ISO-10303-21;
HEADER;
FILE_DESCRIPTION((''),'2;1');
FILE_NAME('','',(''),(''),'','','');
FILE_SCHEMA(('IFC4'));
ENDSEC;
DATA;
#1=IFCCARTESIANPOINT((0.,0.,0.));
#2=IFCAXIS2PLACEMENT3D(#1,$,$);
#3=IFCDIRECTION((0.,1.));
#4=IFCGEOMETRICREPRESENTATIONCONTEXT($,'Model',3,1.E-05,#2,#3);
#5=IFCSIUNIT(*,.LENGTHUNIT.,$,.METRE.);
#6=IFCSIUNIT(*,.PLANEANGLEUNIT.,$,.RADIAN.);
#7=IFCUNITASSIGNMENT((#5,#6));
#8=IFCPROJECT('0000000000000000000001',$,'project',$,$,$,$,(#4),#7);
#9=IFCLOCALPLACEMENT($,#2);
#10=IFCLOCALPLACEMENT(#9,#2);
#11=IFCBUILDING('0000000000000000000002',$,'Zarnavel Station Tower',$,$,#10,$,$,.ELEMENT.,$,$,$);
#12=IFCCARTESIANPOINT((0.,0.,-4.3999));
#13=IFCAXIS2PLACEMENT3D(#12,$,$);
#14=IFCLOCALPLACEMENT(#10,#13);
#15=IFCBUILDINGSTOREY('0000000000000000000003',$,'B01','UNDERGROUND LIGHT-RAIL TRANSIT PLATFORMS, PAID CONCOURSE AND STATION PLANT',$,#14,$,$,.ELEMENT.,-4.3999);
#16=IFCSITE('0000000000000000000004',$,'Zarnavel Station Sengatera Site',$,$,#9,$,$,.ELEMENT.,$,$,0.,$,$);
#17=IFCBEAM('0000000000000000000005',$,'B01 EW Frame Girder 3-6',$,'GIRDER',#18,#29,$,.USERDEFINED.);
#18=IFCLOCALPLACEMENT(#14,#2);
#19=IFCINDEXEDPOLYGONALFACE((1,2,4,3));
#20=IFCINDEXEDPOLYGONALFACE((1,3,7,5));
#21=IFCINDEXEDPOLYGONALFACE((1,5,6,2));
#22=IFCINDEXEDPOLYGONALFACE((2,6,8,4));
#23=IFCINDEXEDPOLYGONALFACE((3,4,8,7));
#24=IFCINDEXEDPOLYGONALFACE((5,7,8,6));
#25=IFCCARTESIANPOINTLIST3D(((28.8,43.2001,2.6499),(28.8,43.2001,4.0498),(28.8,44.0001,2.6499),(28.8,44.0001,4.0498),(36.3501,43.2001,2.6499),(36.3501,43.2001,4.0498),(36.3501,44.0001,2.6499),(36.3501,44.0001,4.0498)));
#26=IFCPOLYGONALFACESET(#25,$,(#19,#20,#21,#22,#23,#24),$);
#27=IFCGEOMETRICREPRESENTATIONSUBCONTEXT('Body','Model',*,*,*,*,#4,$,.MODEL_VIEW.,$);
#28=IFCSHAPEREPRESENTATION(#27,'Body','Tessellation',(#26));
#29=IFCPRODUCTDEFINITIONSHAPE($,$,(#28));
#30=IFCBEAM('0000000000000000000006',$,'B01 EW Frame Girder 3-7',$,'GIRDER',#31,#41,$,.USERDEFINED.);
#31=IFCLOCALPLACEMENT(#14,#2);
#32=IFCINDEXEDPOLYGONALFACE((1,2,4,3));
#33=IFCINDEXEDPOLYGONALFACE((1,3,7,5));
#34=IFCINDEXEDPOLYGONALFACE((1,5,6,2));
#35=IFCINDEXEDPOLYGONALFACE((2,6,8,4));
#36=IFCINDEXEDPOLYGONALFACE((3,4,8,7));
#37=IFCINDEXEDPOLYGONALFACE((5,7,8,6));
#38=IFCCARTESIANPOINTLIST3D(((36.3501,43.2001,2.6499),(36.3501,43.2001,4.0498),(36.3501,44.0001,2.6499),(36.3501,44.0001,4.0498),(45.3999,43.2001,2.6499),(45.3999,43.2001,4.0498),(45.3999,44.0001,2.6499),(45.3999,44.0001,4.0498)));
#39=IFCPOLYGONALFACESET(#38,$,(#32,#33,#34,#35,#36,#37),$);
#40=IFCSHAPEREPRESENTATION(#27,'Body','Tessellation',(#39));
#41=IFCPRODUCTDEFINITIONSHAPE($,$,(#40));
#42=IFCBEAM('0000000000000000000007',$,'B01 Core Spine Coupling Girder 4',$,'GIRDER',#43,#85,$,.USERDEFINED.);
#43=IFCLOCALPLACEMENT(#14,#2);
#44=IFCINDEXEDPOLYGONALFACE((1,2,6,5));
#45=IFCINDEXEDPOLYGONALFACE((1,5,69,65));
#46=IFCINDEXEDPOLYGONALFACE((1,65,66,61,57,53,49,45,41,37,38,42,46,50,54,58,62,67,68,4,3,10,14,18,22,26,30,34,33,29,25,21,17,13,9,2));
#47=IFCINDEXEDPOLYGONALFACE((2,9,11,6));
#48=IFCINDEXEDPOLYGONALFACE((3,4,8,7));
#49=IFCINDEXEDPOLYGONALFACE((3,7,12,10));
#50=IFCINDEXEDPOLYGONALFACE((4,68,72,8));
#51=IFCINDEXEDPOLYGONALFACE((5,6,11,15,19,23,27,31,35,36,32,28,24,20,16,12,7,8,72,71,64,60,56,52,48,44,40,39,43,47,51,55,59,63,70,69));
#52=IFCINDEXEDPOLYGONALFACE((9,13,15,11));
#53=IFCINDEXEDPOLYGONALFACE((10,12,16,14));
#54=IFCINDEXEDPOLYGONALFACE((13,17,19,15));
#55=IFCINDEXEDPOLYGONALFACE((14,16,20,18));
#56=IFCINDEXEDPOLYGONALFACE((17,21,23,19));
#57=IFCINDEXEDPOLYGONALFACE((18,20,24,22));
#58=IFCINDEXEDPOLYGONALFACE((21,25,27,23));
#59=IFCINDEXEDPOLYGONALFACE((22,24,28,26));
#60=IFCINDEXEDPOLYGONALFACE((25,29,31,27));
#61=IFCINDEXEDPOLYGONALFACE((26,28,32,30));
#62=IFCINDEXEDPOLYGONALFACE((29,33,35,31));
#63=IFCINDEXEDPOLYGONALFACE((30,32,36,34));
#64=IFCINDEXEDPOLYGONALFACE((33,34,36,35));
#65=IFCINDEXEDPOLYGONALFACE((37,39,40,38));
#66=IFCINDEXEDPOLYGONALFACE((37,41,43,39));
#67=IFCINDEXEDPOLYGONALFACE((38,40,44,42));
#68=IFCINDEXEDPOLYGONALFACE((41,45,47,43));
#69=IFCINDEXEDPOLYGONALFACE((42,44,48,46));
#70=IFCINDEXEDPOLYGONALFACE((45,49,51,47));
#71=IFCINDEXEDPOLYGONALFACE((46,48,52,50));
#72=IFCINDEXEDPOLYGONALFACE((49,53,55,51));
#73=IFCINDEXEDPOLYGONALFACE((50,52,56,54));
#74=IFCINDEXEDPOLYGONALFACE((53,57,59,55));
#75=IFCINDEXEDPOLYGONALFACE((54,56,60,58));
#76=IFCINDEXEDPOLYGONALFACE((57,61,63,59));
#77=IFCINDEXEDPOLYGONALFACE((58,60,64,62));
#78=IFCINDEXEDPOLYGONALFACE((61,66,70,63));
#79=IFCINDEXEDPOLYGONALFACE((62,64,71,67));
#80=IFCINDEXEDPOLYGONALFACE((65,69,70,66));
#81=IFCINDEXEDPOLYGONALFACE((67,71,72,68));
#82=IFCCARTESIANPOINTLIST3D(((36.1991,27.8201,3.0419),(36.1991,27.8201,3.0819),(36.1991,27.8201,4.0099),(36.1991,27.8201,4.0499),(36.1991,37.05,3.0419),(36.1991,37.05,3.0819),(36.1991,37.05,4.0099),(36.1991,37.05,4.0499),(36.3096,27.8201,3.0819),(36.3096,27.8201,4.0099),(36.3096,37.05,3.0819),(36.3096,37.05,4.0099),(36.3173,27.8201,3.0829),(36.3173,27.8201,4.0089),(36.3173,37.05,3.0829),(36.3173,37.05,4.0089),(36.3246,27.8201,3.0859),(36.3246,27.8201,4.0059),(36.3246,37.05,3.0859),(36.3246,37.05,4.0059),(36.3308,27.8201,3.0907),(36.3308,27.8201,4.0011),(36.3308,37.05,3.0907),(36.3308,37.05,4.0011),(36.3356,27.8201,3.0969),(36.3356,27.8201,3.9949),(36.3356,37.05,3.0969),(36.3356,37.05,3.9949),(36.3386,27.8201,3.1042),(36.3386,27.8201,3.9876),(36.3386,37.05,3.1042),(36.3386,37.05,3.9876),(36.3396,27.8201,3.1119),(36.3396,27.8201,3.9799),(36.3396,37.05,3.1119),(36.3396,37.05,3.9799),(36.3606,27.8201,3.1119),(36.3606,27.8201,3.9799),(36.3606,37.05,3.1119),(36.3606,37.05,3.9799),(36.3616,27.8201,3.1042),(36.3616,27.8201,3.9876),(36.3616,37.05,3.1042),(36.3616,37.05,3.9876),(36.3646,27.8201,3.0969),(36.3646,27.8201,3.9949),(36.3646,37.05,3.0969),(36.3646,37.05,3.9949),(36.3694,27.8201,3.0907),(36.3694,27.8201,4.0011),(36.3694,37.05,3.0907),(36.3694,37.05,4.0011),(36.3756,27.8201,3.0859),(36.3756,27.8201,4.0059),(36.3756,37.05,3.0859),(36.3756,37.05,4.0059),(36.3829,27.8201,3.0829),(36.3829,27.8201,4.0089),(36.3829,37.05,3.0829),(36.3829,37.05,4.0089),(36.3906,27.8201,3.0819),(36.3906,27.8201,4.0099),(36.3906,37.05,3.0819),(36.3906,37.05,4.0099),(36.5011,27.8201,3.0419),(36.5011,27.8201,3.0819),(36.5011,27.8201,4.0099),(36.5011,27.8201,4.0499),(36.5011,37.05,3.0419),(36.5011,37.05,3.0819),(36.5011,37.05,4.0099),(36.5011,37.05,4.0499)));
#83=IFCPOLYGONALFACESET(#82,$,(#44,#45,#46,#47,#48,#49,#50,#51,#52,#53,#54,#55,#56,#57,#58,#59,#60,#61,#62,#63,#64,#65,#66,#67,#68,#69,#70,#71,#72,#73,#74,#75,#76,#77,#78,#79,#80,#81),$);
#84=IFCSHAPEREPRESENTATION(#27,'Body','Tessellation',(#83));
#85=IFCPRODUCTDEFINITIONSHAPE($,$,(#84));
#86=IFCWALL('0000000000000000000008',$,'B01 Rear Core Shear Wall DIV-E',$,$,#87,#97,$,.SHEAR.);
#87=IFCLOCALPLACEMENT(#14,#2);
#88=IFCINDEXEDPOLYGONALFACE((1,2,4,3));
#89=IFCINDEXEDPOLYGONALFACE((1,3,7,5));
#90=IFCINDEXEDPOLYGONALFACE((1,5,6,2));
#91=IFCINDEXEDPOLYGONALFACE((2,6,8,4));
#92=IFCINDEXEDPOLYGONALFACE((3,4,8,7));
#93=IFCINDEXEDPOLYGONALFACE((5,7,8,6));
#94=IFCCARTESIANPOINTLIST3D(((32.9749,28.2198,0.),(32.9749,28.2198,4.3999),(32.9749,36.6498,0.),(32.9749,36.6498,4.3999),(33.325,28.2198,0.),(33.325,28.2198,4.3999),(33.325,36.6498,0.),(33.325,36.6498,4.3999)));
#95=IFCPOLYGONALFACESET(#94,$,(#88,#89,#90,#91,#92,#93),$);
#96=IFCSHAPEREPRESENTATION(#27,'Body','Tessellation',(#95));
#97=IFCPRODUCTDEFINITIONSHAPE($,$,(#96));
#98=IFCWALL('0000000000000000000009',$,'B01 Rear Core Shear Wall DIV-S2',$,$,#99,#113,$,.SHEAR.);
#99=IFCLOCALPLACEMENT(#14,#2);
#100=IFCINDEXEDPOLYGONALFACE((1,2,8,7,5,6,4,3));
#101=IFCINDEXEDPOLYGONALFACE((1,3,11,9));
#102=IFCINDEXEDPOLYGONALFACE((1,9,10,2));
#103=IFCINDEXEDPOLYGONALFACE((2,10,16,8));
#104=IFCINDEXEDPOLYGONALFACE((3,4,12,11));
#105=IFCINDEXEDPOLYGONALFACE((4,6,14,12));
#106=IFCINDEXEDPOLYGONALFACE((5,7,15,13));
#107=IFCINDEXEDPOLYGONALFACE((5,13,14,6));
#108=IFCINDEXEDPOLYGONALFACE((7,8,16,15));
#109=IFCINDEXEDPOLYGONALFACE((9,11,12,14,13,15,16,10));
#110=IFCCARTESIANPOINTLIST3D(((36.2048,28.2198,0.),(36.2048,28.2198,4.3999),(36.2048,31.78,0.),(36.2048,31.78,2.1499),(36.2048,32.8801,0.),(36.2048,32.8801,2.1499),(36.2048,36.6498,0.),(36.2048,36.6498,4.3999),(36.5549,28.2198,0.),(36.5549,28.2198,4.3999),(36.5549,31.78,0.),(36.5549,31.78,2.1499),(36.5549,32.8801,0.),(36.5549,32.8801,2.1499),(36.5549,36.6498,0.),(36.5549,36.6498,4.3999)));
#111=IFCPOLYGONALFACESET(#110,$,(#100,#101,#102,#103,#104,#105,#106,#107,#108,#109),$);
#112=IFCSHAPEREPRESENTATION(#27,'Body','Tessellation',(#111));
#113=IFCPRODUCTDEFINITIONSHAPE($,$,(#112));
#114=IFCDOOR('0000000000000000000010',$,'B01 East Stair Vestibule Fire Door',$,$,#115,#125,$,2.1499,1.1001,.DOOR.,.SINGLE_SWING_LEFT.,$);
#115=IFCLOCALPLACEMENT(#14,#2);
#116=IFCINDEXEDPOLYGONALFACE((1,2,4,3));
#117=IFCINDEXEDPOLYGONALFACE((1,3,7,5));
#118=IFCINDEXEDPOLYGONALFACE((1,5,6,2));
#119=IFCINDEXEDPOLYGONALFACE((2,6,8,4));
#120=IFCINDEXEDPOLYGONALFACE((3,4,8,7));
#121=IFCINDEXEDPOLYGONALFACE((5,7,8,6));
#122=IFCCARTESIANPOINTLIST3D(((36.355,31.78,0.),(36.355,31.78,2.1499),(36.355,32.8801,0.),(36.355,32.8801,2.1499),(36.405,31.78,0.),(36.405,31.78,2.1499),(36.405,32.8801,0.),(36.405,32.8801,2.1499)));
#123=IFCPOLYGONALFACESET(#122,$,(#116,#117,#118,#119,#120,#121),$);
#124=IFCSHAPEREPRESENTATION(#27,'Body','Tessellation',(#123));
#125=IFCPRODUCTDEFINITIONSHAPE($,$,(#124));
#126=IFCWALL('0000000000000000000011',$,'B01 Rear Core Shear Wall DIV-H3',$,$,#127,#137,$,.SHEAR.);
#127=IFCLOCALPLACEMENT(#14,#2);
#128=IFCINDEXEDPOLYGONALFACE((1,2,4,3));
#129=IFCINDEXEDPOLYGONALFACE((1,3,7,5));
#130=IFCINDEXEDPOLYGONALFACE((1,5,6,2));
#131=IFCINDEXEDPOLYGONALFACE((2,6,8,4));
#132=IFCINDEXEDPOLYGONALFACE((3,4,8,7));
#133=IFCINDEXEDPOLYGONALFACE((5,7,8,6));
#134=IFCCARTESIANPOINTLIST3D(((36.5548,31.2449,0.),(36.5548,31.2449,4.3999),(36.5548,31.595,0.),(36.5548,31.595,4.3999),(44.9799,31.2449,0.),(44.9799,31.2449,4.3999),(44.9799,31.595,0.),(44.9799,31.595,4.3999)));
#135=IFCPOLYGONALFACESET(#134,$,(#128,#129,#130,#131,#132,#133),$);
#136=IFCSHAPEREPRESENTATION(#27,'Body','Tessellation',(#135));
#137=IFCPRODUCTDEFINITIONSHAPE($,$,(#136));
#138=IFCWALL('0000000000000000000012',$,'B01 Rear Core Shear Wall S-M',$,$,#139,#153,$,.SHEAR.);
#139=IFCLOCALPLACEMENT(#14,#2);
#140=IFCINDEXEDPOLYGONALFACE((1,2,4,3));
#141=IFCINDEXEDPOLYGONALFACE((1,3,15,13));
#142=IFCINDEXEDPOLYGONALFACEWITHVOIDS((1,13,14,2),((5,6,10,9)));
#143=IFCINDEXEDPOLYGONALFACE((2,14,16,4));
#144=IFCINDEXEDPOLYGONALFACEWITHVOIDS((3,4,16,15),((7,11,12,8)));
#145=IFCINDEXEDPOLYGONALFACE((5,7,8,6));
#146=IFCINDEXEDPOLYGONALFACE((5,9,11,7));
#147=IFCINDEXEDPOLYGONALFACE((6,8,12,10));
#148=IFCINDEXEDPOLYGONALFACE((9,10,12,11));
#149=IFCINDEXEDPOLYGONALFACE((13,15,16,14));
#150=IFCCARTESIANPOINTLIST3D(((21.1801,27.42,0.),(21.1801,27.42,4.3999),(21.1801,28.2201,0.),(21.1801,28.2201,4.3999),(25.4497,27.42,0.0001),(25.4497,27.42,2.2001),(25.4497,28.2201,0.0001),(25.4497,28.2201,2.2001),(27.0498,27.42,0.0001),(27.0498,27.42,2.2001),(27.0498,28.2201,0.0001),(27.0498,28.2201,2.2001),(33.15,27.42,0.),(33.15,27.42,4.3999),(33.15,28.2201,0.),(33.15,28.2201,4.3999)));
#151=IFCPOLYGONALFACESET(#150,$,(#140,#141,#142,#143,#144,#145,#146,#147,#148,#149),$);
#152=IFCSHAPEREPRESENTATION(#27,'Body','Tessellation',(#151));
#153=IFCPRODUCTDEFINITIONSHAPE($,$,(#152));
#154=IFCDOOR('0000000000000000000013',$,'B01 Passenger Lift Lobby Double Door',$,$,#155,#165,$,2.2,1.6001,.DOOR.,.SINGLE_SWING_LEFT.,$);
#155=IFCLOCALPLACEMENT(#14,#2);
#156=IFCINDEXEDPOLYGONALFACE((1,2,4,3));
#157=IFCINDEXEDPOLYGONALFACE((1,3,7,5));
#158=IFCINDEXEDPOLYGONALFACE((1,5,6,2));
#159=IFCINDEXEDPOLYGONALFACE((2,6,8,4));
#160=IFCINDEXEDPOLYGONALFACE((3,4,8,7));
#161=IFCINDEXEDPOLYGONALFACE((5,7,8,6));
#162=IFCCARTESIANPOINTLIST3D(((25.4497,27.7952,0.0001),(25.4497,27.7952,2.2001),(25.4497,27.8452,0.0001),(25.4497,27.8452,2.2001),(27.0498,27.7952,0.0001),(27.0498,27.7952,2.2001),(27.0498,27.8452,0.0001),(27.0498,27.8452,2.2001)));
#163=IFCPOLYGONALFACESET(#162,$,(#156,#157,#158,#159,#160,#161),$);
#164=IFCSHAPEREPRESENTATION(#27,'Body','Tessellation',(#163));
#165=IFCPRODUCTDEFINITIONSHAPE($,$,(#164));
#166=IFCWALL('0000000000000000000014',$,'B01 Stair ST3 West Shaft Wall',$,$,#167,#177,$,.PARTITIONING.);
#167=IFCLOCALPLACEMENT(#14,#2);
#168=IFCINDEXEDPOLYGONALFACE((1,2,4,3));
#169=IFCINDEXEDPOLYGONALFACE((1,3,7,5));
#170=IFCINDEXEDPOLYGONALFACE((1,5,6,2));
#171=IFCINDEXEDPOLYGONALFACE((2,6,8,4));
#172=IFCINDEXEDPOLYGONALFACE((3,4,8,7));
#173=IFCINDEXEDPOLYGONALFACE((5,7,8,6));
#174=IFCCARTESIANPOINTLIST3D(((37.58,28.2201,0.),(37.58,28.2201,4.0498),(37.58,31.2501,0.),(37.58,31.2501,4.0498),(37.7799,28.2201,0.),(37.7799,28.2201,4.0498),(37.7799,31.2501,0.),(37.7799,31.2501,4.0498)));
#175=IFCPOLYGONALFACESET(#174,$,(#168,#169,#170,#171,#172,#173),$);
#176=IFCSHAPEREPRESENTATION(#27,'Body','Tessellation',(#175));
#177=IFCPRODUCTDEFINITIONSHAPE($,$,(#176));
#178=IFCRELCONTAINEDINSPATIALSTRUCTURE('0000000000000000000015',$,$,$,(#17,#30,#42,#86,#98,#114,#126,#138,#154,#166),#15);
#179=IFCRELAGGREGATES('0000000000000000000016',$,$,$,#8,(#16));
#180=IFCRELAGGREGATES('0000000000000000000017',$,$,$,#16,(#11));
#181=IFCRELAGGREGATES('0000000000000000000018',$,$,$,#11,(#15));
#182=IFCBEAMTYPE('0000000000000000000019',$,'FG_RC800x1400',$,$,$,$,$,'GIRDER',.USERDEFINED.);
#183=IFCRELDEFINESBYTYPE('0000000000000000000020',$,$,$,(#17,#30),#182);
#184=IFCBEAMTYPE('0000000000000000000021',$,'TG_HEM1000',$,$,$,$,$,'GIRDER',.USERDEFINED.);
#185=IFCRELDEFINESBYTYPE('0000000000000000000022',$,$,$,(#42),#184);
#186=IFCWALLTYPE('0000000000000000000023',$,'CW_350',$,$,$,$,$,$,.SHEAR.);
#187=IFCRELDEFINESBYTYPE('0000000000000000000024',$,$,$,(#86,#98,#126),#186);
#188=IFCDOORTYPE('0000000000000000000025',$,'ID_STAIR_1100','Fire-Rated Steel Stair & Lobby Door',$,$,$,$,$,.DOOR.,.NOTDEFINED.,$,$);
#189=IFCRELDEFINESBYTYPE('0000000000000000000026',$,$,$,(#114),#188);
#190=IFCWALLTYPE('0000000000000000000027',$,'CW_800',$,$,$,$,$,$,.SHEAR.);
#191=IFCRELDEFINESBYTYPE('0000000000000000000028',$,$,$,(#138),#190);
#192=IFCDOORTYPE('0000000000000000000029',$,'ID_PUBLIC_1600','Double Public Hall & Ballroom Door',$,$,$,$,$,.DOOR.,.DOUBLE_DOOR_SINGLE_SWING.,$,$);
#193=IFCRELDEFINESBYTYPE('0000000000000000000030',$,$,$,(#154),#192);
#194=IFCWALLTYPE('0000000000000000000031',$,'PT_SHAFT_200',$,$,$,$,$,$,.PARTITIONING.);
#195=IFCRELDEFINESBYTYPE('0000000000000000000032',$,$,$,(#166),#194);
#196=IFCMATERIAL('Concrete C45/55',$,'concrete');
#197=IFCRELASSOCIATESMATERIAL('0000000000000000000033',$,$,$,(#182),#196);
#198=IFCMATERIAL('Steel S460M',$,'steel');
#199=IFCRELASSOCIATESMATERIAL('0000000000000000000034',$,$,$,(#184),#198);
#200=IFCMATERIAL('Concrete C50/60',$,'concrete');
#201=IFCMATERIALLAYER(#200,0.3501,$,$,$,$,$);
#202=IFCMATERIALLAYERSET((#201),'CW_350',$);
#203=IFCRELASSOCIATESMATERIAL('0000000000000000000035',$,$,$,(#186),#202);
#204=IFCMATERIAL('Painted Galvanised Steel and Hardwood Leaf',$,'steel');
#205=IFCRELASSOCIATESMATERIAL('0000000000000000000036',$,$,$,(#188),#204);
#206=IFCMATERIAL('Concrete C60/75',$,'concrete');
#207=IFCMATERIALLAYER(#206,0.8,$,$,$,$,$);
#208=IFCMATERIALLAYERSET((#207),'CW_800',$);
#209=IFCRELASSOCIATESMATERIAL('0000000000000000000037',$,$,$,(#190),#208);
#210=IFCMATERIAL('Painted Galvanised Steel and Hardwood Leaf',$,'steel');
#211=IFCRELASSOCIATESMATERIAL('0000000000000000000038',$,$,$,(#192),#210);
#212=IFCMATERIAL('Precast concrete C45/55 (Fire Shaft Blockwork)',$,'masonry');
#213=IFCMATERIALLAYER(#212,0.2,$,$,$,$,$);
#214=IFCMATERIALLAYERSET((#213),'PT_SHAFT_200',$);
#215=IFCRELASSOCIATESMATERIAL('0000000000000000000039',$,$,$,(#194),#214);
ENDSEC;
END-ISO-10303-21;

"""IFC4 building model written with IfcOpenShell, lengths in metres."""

from ifc_helpers import new_model, si_unit, direction, frame, frame_2d, origin, origin_2d, place, context, subcontext, project, spatial, rectangle, i_section, extrude, material, layer, layer_set, material_profile, profile_set, type_object, element, fill, save


model = new_model("IFC4")

# Units and contexts
model_context = context("Model", 3, precision=1e-05, world=origin(), true_north=direction((0.0, 1.0)))
body_context = subcontext(model_context, "Body", "Model", "MODEL_VIEW")
ifc_project = project(units=[si_unit("LENGTHUNIT", "METRE"), si_unit("PLANEANGLEUNIT", "RADIAN")], contexts=[model_context])

# Site, building, storey
site_placement = place(None, origin())
site = spatial("IfcSite", under=ifc_project, at=site_placement, Name="Zarnavel Station Sengatera Site", CompositionType="ELEMENT", RefElevation=0.0)
building_placement = place(site_placement, origin())
building = spatial("IfcBuilding", under=site, at=building_placement, Name="Zarnavel Station Tower", CompositionType="ELEMENT")
storey_placement = place(building_placement, frame((0.0, 0.0, -4.3999)))
storey = spatial("IfcBuildingStorey", under=building, at=storey_placement, Name="B01", Description="UNDERGROUND LIGHT-RAIL TRANSIT PLATFORMS, PAID CONCOURSE AND STATION PLANT", CompositionType="ELEMENT", Elevation=-4.3999)

# Beams
ifc_material_1 = material(Name="Concrete C45/55", Category="concrete")
ifc_material_profile_1 = material_profile(ifc_material_1, rectangle(XDim=0.8, YDim=1.3999, at=origin_2d()), Name="RC800x1400")
ifc_profile_set_1 = profile_set([ifc_material_profile_1], Name="Concrete C45/55")
beam_type_1 = type_object("IfcBeamType", Name="FG_RC800x1400", ElementType="GIRDER", PredefinedType="USERDEFINED", material=ifc_profile_set_1)
beam_1_placement = place(storey_placement, frame((28.8, 43.6001, 3.3499), z_axis=(1.0, 0.0, 0.0), x_axis=(0.0, 1.0, 0.0)))
element("IfcBeam", 1, at=beam_1_placement, inside=storey, type_object=beam_type_1, Name="B01 EW Frame Girder 3-6", ObjectType="GIRDER", PredefinedType="USERDEFINED", context=body_context, shape_type="SweptSolid", body=[
    extrude(rectangle(XDim=0.8, YDim=1.3999, at=origin_2d()), origin(), (0.0, 0.0, 1.0), 7.55),
])
beam_2_placement = place(storey_placement, frame((36.3501, 43.6001, 3.3499), z_axis=(1.0, 0.0, 0.0), x_axis=(0.0, 1.0, 0.0)))
element("IfcBeam", 2, at=beam_2_placement, inside=storey, type_object=beam_type_1, Name="B01 EW Frame Girder 3-7", ObjectType="GIRDER", PredefinedType="USERDEFINED", context=body_context, shape_type="SweptSolid", body=[
    extrude(rectangle(XDim=0.8, YDim=1.3999, at=origin_2d()), origin(), (0.0, 0.0, 1.0), 9.0498),
])
ifc_material_2 = material(Name="Steel S460M", Category="steel")
ifc_material_profile_2 = material_profile(ifc_material_2, i_section(OverallWidth=0.302, OverallDepth=1.0081, WebThickness=0.021, FlangeThickness=0.04, FilletRadius=0.03, at=origin_2d()), Name="HEM1000")
ifc_profile_set_2 = profile_set([ifc_material_profile_2], Name="Steel S460M")
beam_type_2 = type_object("IfcBeamType", Name="TG_HEM1000", ElementType="GIRDER", PredefinedType="USERDEFINED", material=ifc_profile_set_2)
beam_3_placement = place(storey_placement, frame((36.3501, 27.8201, 3.5459), z_axis=(0.0, 1.0, 0.0), x_axis=(-1.0, 0.0, 0.0)))
element("IfcBeam", 3, at=beam_3_placement, inside=storey, type_object=beam_type_2, Name="B01 Core Spine Coupling Girder 4", ObjectType="GIRDER", PredefinedType="USERDEFINED", context=body_context, shape_type="SweptSolid", body=[
    extrude(i_section(OverallWidth=0.302, OverallDepth=1.0081, WebThickness=0.021, FlangeThickness=0.04, FilletRadius=0.03, at=origin_2d()), origin(), (0.0, 0.0, 1.0), 9.23),
])

# Wall
ifc_material_3 = material(Name="Concrete C50/60", Category="concrete")
ifc_layer_1 = layer(ifc_material_3, 0.3501)
ifc_layer_set_1 = layer_set([ifc_layer_1], Name="CW_350")
wall_type_1 = type_object("IfcWallType", Name="CW_350", PredefinedType="SHEAR", material=ifc_layer_set_1)
wall_1_placement = place(storey_placement, frame((33.1499, 28.22, 0.0), z_axis=(0.0, 0.0, 1.0), x_axis=(0.0, 1.0, 0.0)))
element("IfcWall", 4, at=wall_1_placement, inside=storey, type_object=wall_type_1, Name="B01 Rear Core Shear Wall DIV-E", PredefinedType="SHEAR", context=body_context, shape_type="SweptSolid", body=[
    extrude(rectangle(XDim=8.4299, YDim=0.3501, at=frame_2d((4.2148, 0.0))), origin(), (0.0, 0.0, 1.0), 4.3999),
])

# Wall, opening, door
wall_2_placement = place(storey_placement, frame((36.3799, 28.22, 0.0), z_axis=(0.0, 0.0, 1.0), x_axis=(0.0, 1.0, 0.0)))
wall_2 = element("IfcWall", 5, at=wall_2_placement, inside=storey, type_object=wall_type_1, Name="B01 Rear Core Shear Wall DIV-S2", PredefinedType="SHEAR", context=body_context, shape_type="SweptSolid", body=[
    extrude(rectangle(XDim=8.4299, YDim=0.3501, at=frame_2d((4.2148, 0.0))), origin(), (0.0, 0.0, 1.0), 4.3999),
])
opening_1_placement = place(wall_2_placement, frame((3.5601, 0.0, 0.0)))
opening_1 = element("IfcOpeningElement", 6, at=opening_1_placement, cuts=wall_2, PredefinedType="OPENING", context=body_context, shape_type="SweptSolid", body=[
    extrude(rectangle(XDim=1.1001, YDim=2.1499, at=frame_2d((0.55, 1.075))), frame((0.0, 0.1851, 0.0), z_axis=(0.0, -1.0, 0.0), x_axis=(1.0, 0.0, 0.0)), (0.0, 0.0, 1.0), 0.3701),
])
ifc_material_4 = material(Name="Painted Galvanised Steel and Hardwood Leaf", Category="steel")
door_type_1 = type_object("IfcDoorType", Name="ID_STAIR_1100", Description="Fire-Rated Steel Stair & Lobby Door", OperationType="NOTDEFINED", PredefinedType="DOOR", material=ifc_material_4)
door_1_placement = place(opening_1_placement, origin())
door_1 = element("IfcDoor", 7, at=door_1_placement, inside=storey, type_object=door_type_1, Name="B01 East Stair Vestibule Fire Door", OperationType="SINGLE_SWING_LEFT", OverallHeight=2.1499, OverallWidth=1.1001, PredefinedType="DOOR", context=body_context, shape_type="SweptSolid", body=[
    extrude(rectangle(XDim=1.1001, YDim=2.1499, at=frame_2d((0.55, 1.075))), frame((0.0, 0.0249, 0.0), z_axis=(0.0, -1.0, 0.0), x_axis=(1.0, 0.0, 0.0)), (0.0, 0.0, 1.0), 0.05),
])
fill(opening_1, door_1)

# Wall
wall_3_placement = place(storey_placement, frame((36.5549, 31.4199, 0.0), z_axis=(0.0, 0.0, 1.0), x_axis=(1.0, 0.0, 0.0)))
element("IfcWall", 8, at=wall_3_placement, inside=storey, type_object=wall_type_1, Name="B01 Rear Core Shear Wall DIV-H3", PredefinedType="SHEAR", context=body_context, shape_type="SweptSolid", body=[
    extrude(rectangle(XDim=8.425, YDim=0.3501, at=frame_2d((4.2124, 0.0))), origin(), (0.0, 0.0, 1.0), 4.3999),
])

# Wall, opening, door
ifc_material_5 = material(Name="Concrete C60/75", Category="concrete")
ifc_layer_2 = layer(ifc_material_5, 0.8)
ifc_layer_set_2 = layer_set([ifc_layer_2], Name="CW_800")
wall_type_2 = type_object("IfcWallType", Name="CW_800", PredefinedType="SHEAR", material=ifc_layer_set_2)
wall_4_placement = place(storey_placement, frame((33.1499, 27.8201, 0.0), z_axis=(0.0, 0.0, 1.0), x_axis=(-1.0, 0.0, 0.0)))
wall_4 = element("IfcWall", 9, at=wall_4_placement, inside=storey, type_object=wall_type_2, Name="B01 Rear Core Shear Wall S-M", PredefinedType="SHEAR", context=body_context, shape_type="SweptSolid", body=[
    extrude(rectangle(XDim=11.97, YDim=0.8, at=frame_2d((5.9849, 0.0))), origin(), (0.0, 0.0, 1.0), 4.3999),
])
opening_2_placement = place(wall_4_placement, frame((6.1001, 0.0, 0.0)))
opening_2 = element("IfcOpeningElement", 10, at=opening_2_placement, cuts=wall_4, PredefinedType="OPENING", context=body_context, shape_type="SweptSolid", body=[
    extrude(rectangle(XDim=1.6001, YDim=2.2, at=frame_2d((0.8, 1.1001))), frame((0.0, 0.4099, 0.0), z_axis=(0.0, -1.0, 0.0), x_axis=(1.0, 0.0, 0.0)), (0.0, 0.0, 1.0), 0.8201),
])
ifc_material_6 = material(Name="Painted Galvanised Steel and Hardwood Leaf", Category="steel")
door_type_2 = type_object("IfcDoorType", Name="ID_PUBLIC_1600", Description="Double Public Hall & Ballroom Door", OperationType="DOUBLE_DOOR_SINGLE_SWING", PredefinedType="DOOR", material=ifc_material_6)
door_2_placement = place(opening_2_placement, origin())
door_2 = element("IfcDoor", 11, at=door_2_placement, inside=storey, type_object=door_type_2, Name="B01 Passenger Lift Lobby Double Door", OperationType="SINGLE_SWING_LEFT", OverallHeight=2.2, OverallWidth=1.6001, PredefinedType="DOOR", context=body_context, shape_type="SweptSolid", body=[
    extrude(rectangle(XDim=1.6001, YDim=2.2, at=frame_2d((0.8, 1.1001))), frame((0.0, 0.0249, 0.0), z_axis=(0.0, -1.0, 0.0), x_axis=(1.0, 0.0, 0.0)), (0.0, 0.0, 1.0), 0.05),
])
fill(opening_2, door_2)
ifc_material_7 = material(Name="Precast concrete C45/55 (Fire Shaft Blockwork)", Category="masonry")
ifc_layer_3 = layer(ifc_material_7, 0.2)
ifc_layer_set_3 = layer_set([ifc_layer_3], Name="PT_SHAFT_200")
wall_type_3 = type_object("IfcWallType", Name="PT_SHAFT_200", PredefinedType="PARTITIONING", material=ifc_layer_set_3)

# Wall
wall_5_placement = place(storey_placement, frame((37.6799, 28.22, 0.0), z_axis=(0.0, 0.0, 1.0), x_axis=(0.0, 1.0, 0.0)))
element("IfcWall", 12, at=wall_5_placement, inside=storey, type_object=wall_type_3, Name="B01 Stair ST3 West Shaft Wall", PredefinedType="PARTITIONING", context=body_context, shape_type="SweptSolid", body=[
    extrude(rectangle(XDim=3.03, YDim=0.2, at=frame_2d((1.5151, 0.0))), origin(), (0.0, 0.0, 1.0), 4.0498),
])

save(model, "model.ifc")
